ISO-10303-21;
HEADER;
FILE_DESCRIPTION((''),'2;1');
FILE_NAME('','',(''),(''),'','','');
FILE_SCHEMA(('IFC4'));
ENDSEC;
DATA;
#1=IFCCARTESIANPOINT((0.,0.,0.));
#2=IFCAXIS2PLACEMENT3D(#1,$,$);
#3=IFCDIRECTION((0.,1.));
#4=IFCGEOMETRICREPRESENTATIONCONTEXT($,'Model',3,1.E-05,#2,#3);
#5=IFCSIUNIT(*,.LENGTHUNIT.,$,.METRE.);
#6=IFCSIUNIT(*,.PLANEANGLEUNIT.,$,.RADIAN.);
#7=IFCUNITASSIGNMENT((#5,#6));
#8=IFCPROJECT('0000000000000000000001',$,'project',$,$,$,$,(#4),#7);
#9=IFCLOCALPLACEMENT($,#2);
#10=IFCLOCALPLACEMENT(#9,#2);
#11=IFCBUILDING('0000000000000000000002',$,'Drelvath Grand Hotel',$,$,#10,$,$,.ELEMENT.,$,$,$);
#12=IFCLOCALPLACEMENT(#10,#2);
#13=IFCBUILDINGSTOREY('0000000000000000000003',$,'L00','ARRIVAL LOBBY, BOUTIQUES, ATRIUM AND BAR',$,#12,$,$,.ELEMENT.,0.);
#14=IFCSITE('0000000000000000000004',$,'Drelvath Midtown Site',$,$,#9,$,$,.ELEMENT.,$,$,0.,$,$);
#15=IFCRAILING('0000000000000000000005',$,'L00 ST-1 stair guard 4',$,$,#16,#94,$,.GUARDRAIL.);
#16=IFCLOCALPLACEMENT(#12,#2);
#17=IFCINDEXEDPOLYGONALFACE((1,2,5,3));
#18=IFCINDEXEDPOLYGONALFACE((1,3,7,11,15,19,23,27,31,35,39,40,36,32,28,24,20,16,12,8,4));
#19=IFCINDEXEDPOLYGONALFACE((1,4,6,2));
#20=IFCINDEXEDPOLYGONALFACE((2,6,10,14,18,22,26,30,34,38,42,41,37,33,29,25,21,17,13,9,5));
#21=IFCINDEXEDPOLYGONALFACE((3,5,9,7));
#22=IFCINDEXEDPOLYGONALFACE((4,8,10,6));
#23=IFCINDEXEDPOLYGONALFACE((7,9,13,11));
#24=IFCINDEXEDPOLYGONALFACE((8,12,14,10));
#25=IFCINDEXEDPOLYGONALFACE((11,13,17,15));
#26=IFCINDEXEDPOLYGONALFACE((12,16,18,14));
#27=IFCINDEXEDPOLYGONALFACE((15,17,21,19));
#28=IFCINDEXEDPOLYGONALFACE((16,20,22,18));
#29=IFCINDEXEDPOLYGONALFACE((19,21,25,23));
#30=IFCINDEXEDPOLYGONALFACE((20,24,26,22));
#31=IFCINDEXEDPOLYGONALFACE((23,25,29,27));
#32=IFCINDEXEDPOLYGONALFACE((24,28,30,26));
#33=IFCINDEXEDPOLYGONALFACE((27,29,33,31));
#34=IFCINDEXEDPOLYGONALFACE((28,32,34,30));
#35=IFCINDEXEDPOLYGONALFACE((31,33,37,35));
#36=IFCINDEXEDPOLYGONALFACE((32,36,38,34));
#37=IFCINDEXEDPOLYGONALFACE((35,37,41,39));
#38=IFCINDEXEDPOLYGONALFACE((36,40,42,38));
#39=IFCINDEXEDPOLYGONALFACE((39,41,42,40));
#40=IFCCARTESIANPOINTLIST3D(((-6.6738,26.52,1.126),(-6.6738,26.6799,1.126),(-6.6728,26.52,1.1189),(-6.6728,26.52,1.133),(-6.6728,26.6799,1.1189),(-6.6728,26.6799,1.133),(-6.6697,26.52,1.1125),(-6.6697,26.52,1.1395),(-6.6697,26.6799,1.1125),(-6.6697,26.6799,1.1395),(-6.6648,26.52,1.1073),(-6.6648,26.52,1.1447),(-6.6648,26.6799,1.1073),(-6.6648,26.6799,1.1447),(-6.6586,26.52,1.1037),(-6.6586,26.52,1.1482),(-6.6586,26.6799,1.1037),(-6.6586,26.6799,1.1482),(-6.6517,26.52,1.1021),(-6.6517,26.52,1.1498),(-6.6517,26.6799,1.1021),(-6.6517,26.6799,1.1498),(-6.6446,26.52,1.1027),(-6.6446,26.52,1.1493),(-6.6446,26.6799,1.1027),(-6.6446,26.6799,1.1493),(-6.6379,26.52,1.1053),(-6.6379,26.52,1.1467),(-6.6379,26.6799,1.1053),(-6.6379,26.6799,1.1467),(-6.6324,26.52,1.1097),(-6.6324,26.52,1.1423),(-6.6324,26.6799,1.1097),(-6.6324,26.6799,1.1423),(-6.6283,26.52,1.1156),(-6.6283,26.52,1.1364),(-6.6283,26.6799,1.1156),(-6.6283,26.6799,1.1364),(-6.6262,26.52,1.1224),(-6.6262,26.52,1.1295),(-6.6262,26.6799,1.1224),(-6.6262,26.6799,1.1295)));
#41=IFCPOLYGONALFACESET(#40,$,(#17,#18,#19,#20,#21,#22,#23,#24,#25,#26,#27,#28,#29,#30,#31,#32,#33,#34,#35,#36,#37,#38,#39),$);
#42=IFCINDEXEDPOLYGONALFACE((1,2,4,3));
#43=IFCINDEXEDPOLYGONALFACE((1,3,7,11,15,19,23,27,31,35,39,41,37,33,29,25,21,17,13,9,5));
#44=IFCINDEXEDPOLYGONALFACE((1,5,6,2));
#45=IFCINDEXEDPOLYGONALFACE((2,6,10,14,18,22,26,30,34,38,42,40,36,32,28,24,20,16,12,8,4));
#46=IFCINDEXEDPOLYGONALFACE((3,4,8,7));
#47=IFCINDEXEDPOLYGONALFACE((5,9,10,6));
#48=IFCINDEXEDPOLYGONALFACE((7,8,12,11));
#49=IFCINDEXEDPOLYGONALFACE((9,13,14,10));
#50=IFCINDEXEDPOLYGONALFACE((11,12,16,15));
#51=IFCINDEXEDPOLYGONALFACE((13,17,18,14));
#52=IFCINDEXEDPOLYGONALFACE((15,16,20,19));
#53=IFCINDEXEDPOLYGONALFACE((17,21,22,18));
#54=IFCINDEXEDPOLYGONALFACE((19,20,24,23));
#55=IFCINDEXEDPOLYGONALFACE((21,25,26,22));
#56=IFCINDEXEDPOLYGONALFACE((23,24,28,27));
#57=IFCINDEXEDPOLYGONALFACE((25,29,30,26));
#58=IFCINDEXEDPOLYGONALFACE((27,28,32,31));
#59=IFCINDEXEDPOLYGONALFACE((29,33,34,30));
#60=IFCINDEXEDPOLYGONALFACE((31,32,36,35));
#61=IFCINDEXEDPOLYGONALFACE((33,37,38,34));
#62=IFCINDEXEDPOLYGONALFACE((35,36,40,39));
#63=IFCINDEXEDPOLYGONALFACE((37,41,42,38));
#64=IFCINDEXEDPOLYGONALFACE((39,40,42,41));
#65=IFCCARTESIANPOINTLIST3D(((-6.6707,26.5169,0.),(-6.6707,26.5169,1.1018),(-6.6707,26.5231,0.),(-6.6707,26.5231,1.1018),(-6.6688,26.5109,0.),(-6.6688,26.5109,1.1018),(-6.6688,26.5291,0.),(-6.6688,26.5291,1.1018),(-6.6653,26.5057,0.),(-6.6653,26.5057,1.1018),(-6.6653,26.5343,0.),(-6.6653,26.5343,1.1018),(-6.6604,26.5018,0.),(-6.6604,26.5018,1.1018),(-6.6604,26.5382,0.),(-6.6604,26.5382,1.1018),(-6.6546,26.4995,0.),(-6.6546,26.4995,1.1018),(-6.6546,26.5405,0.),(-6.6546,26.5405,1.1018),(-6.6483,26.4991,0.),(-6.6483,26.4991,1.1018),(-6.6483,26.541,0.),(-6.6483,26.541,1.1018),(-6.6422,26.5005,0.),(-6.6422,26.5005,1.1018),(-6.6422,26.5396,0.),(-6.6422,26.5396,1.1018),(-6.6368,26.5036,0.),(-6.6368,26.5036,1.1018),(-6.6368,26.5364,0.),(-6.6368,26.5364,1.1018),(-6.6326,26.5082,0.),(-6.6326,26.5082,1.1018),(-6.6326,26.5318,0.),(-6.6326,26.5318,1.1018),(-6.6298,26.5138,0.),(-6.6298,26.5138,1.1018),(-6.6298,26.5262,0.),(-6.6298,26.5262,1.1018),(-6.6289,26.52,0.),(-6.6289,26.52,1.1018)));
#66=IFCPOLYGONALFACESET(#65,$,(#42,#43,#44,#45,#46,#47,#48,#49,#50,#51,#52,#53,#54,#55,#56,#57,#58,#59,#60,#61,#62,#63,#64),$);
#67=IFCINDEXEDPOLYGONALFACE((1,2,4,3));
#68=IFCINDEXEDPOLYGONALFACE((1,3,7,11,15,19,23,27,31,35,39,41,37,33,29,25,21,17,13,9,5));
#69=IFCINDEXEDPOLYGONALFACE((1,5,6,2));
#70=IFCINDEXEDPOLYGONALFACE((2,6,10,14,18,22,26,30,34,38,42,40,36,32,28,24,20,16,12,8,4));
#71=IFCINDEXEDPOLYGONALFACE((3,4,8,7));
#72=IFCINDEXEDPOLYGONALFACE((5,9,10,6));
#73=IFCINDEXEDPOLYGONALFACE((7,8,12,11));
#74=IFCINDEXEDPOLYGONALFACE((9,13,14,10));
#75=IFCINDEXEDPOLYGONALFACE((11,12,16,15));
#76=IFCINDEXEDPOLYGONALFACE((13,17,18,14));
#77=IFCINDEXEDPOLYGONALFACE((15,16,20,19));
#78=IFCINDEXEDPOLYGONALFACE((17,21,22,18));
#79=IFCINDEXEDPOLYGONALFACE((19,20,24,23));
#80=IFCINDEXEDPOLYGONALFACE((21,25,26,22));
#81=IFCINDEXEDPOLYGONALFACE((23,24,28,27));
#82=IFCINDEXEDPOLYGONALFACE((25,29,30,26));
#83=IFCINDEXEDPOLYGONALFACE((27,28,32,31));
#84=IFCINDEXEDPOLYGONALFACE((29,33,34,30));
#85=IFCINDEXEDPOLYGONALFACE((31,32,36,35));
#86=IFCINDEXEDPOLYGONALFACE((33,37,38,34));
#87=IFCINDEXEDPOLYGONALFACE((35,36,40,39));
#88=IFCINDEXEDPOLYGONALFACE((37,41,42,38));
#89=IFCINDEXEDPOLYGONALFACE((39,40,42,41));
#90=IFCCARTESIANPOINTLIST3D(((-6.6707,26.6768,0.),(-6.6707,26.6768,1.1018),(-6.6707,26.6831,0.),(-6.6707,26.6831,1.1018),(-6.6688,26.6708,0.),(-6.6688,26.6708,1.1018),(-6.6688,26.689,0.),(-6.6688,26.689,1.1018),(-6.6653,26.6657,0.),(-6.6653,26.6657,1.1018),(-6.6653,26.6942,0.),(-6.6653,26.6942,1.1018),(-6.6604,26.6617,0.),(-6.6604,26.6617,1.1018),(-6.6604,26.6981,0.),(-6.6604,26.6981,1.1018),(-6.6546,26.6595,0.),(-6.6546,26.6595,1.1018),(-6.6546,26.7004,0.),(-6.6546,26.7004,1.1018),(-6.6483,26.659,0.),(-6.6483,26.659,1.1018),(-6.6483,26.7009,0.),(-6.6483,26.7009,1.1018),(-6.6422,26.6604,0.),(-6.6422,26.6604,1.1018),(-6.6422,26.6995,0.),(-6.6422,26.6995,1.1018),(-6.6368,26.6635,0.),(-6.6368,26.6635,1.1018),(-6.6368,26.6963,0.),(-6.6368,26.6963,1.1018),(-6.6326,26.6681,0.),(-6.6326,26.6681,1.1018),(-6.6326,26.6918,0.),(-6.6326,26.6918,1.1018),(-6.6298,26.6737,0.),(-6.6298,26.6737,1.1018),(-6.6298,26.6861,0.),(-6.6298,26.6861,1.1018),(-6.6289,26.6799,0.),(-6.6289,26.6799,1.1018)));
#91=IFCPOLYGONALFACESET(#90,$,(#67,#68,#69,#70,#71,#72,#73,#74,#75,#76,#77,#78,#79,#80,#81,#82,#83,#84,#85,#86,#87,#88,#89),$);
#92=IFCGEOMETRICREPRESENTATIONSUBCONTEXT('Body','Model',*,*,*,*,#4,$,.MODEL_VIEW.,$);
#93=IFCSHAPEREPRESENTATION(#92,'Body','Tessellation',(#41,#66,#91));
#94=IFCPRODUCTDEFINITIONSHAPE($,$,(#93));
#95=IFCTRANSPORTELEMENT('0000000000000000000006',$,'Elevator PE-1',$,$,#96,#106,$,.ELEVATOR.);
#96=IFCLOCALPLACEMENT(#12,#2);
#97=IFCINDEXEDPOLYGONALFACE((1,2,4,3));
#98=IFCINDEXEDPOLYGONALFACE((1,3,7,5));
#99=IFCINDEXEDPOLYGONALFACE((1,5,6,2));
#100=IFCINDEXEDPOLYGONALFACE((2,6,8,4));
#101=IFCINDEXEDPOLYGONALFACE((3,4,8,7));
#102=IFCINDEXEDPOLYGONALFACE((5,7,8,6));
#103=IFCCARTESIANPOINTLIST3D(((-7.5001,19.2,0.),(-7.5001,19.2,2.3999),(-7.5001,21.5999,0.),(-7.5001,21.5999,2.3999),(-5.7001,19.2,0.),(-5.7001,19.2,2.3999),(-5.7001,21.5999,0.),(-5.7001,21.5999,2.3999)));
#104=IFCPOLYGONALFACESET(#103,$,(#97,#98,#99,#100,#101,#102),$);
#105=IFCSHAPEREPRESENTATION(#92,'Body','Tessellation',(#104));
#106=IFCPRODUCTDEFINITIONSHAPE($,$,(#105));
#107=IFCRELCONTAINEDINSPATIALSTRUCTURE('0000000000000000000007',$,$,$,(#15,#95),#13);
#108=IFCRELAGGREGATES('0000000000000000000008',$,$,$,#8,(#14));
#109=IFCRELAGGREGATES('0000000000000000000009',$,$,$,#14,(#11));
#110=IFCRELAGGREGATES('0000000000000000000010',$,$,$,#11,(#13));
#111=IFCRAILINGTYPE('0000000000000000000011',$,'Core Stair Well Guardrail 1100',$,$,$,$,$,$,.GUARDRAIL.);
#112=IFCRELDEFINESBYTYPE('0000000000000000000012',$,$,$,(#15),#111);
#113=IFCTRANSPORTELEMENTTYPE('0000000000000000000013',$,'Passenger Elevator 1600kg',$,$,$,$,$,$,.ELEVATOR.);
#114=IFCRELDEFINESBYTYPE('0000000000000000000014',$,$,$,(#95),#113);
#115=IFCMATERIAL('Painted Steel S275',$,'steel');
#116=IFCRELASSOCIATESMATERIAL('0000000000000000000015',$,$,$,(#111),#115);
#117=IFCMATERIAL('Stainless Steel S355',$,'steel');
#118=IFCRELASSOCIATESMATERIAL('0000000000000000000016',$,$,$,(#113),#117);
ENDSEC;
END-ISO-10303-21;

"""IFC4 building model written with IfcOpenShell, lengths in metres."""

from ifc_helpers import new_model, si_unit, direction, frame, origin, origin_2d, place, context, subcontext, project, spatial, rectangle, circle, extrude, material, type_object, element, save


model = new_model("IFC4")

# Units and contexts
model_context = context("Model", 3, precision=1e-05, world=origin(), true_north=direction((0.0, 1.0)))
body_context = subcontext(model_context, "Body", "Model", "MODEL_VIEW")
ifc_project = project(units=[si_unit("LENGTHUNIT", "METRE"), si_unit("PLANEANGLEUNIT", "RADIAN")], contexts=[model_context])

# Site, building, storey
site_placement = place(None, origin())
site = spatial("IfcSite", under=ifc_project, at=site_placement, Name="Drelvath Midtown Site", CompositionType="ELEMENT", RefElevation=0.0)
building_placement = place(site_placement, origin())
building = spatial("IfcBuilding", under=site, at=building_placement, Name="Drelvath Grand Hotel", CompositionType="ELEMENT")
storey_placement = place(building_placement, origin())
storey = spatial("IfcBuildingStorey", under=building, at=storey_placement, Name="L00", Description="ARRIVAL LOBBY, BOUTIQUES, ATRIUM AND BAR", CompositionType="ELEMENT", Elevation=0.0)

# Shared definitions
ifc_material_1 = material(Name="Painted Steel S275", Category="steel")
ifc_material_2 = material(Name="Stainless Steel S355", Category="steel")

# Railing
railing_type_1 = type_object("IfcRailingType", Name="Core Stair Well Guardrail 1100", PredefinedType="GUARDRAIL", material=ifc_material_1)
railing_1_placement = place(storey_placement, frame((-6.6499, 26.52, 0.0)))
element("IfcRailing", 1, at=railing_1_placement, inside=storey, type_object=railing_type_1, Name="L00 ST-1 stair guard 4", PredefinedType="GUARDRAIL", context=body_context, shape_type="SweptSolid", body=[
    extrude(circle(Radius=0.0239, at=origin_2d()), frame((0.0, 0.0, 1.126), z_axis=(0.0, 1.0, 0.0), x_axis=(-1.0, 0.0, 0.0)), (0.0, 0.0, 1.0), 0.1599),
    extrude(circle(Radius=0.021, at=origin_2d()), origin(), (0.0, 0.0, 1.0), 1.1018),
    extrude(circle(Radius=0.021, at=origin_2d()), frame((0.0, 0.1599, 0.0)), (0.0, 0.0, 1.0), 1.1018),
])

# Transport element
transport_element_type = type_object("IfcTransportElementType", Name="Passenger Elevator 1600kg", PredefinedType="ELEVATOR", material=ifc_material_2)
transport_element_placement = place(storey_placement, frame((-6.6001, 20.3999, 0.0), z_axis=(0.0, 0.0, 1.0), x_axis=(1.0, 0.0, 0.0)))
element("IfcTransportElement", 2, at=transport_element_placement, inside=storey, type_object=transport_element_type, Name="Elevator PE-1", PredefinedType="ELEVATOR", context=body_context, shape_type="SweptSolid", body=[
    extrude(rectangle(XDim=1.8, YDim=2.3999, at=origin_2d()), origin(), (0.0, 0.0, 1.0), 2.3999),
])

save(model, "model.ifc")
